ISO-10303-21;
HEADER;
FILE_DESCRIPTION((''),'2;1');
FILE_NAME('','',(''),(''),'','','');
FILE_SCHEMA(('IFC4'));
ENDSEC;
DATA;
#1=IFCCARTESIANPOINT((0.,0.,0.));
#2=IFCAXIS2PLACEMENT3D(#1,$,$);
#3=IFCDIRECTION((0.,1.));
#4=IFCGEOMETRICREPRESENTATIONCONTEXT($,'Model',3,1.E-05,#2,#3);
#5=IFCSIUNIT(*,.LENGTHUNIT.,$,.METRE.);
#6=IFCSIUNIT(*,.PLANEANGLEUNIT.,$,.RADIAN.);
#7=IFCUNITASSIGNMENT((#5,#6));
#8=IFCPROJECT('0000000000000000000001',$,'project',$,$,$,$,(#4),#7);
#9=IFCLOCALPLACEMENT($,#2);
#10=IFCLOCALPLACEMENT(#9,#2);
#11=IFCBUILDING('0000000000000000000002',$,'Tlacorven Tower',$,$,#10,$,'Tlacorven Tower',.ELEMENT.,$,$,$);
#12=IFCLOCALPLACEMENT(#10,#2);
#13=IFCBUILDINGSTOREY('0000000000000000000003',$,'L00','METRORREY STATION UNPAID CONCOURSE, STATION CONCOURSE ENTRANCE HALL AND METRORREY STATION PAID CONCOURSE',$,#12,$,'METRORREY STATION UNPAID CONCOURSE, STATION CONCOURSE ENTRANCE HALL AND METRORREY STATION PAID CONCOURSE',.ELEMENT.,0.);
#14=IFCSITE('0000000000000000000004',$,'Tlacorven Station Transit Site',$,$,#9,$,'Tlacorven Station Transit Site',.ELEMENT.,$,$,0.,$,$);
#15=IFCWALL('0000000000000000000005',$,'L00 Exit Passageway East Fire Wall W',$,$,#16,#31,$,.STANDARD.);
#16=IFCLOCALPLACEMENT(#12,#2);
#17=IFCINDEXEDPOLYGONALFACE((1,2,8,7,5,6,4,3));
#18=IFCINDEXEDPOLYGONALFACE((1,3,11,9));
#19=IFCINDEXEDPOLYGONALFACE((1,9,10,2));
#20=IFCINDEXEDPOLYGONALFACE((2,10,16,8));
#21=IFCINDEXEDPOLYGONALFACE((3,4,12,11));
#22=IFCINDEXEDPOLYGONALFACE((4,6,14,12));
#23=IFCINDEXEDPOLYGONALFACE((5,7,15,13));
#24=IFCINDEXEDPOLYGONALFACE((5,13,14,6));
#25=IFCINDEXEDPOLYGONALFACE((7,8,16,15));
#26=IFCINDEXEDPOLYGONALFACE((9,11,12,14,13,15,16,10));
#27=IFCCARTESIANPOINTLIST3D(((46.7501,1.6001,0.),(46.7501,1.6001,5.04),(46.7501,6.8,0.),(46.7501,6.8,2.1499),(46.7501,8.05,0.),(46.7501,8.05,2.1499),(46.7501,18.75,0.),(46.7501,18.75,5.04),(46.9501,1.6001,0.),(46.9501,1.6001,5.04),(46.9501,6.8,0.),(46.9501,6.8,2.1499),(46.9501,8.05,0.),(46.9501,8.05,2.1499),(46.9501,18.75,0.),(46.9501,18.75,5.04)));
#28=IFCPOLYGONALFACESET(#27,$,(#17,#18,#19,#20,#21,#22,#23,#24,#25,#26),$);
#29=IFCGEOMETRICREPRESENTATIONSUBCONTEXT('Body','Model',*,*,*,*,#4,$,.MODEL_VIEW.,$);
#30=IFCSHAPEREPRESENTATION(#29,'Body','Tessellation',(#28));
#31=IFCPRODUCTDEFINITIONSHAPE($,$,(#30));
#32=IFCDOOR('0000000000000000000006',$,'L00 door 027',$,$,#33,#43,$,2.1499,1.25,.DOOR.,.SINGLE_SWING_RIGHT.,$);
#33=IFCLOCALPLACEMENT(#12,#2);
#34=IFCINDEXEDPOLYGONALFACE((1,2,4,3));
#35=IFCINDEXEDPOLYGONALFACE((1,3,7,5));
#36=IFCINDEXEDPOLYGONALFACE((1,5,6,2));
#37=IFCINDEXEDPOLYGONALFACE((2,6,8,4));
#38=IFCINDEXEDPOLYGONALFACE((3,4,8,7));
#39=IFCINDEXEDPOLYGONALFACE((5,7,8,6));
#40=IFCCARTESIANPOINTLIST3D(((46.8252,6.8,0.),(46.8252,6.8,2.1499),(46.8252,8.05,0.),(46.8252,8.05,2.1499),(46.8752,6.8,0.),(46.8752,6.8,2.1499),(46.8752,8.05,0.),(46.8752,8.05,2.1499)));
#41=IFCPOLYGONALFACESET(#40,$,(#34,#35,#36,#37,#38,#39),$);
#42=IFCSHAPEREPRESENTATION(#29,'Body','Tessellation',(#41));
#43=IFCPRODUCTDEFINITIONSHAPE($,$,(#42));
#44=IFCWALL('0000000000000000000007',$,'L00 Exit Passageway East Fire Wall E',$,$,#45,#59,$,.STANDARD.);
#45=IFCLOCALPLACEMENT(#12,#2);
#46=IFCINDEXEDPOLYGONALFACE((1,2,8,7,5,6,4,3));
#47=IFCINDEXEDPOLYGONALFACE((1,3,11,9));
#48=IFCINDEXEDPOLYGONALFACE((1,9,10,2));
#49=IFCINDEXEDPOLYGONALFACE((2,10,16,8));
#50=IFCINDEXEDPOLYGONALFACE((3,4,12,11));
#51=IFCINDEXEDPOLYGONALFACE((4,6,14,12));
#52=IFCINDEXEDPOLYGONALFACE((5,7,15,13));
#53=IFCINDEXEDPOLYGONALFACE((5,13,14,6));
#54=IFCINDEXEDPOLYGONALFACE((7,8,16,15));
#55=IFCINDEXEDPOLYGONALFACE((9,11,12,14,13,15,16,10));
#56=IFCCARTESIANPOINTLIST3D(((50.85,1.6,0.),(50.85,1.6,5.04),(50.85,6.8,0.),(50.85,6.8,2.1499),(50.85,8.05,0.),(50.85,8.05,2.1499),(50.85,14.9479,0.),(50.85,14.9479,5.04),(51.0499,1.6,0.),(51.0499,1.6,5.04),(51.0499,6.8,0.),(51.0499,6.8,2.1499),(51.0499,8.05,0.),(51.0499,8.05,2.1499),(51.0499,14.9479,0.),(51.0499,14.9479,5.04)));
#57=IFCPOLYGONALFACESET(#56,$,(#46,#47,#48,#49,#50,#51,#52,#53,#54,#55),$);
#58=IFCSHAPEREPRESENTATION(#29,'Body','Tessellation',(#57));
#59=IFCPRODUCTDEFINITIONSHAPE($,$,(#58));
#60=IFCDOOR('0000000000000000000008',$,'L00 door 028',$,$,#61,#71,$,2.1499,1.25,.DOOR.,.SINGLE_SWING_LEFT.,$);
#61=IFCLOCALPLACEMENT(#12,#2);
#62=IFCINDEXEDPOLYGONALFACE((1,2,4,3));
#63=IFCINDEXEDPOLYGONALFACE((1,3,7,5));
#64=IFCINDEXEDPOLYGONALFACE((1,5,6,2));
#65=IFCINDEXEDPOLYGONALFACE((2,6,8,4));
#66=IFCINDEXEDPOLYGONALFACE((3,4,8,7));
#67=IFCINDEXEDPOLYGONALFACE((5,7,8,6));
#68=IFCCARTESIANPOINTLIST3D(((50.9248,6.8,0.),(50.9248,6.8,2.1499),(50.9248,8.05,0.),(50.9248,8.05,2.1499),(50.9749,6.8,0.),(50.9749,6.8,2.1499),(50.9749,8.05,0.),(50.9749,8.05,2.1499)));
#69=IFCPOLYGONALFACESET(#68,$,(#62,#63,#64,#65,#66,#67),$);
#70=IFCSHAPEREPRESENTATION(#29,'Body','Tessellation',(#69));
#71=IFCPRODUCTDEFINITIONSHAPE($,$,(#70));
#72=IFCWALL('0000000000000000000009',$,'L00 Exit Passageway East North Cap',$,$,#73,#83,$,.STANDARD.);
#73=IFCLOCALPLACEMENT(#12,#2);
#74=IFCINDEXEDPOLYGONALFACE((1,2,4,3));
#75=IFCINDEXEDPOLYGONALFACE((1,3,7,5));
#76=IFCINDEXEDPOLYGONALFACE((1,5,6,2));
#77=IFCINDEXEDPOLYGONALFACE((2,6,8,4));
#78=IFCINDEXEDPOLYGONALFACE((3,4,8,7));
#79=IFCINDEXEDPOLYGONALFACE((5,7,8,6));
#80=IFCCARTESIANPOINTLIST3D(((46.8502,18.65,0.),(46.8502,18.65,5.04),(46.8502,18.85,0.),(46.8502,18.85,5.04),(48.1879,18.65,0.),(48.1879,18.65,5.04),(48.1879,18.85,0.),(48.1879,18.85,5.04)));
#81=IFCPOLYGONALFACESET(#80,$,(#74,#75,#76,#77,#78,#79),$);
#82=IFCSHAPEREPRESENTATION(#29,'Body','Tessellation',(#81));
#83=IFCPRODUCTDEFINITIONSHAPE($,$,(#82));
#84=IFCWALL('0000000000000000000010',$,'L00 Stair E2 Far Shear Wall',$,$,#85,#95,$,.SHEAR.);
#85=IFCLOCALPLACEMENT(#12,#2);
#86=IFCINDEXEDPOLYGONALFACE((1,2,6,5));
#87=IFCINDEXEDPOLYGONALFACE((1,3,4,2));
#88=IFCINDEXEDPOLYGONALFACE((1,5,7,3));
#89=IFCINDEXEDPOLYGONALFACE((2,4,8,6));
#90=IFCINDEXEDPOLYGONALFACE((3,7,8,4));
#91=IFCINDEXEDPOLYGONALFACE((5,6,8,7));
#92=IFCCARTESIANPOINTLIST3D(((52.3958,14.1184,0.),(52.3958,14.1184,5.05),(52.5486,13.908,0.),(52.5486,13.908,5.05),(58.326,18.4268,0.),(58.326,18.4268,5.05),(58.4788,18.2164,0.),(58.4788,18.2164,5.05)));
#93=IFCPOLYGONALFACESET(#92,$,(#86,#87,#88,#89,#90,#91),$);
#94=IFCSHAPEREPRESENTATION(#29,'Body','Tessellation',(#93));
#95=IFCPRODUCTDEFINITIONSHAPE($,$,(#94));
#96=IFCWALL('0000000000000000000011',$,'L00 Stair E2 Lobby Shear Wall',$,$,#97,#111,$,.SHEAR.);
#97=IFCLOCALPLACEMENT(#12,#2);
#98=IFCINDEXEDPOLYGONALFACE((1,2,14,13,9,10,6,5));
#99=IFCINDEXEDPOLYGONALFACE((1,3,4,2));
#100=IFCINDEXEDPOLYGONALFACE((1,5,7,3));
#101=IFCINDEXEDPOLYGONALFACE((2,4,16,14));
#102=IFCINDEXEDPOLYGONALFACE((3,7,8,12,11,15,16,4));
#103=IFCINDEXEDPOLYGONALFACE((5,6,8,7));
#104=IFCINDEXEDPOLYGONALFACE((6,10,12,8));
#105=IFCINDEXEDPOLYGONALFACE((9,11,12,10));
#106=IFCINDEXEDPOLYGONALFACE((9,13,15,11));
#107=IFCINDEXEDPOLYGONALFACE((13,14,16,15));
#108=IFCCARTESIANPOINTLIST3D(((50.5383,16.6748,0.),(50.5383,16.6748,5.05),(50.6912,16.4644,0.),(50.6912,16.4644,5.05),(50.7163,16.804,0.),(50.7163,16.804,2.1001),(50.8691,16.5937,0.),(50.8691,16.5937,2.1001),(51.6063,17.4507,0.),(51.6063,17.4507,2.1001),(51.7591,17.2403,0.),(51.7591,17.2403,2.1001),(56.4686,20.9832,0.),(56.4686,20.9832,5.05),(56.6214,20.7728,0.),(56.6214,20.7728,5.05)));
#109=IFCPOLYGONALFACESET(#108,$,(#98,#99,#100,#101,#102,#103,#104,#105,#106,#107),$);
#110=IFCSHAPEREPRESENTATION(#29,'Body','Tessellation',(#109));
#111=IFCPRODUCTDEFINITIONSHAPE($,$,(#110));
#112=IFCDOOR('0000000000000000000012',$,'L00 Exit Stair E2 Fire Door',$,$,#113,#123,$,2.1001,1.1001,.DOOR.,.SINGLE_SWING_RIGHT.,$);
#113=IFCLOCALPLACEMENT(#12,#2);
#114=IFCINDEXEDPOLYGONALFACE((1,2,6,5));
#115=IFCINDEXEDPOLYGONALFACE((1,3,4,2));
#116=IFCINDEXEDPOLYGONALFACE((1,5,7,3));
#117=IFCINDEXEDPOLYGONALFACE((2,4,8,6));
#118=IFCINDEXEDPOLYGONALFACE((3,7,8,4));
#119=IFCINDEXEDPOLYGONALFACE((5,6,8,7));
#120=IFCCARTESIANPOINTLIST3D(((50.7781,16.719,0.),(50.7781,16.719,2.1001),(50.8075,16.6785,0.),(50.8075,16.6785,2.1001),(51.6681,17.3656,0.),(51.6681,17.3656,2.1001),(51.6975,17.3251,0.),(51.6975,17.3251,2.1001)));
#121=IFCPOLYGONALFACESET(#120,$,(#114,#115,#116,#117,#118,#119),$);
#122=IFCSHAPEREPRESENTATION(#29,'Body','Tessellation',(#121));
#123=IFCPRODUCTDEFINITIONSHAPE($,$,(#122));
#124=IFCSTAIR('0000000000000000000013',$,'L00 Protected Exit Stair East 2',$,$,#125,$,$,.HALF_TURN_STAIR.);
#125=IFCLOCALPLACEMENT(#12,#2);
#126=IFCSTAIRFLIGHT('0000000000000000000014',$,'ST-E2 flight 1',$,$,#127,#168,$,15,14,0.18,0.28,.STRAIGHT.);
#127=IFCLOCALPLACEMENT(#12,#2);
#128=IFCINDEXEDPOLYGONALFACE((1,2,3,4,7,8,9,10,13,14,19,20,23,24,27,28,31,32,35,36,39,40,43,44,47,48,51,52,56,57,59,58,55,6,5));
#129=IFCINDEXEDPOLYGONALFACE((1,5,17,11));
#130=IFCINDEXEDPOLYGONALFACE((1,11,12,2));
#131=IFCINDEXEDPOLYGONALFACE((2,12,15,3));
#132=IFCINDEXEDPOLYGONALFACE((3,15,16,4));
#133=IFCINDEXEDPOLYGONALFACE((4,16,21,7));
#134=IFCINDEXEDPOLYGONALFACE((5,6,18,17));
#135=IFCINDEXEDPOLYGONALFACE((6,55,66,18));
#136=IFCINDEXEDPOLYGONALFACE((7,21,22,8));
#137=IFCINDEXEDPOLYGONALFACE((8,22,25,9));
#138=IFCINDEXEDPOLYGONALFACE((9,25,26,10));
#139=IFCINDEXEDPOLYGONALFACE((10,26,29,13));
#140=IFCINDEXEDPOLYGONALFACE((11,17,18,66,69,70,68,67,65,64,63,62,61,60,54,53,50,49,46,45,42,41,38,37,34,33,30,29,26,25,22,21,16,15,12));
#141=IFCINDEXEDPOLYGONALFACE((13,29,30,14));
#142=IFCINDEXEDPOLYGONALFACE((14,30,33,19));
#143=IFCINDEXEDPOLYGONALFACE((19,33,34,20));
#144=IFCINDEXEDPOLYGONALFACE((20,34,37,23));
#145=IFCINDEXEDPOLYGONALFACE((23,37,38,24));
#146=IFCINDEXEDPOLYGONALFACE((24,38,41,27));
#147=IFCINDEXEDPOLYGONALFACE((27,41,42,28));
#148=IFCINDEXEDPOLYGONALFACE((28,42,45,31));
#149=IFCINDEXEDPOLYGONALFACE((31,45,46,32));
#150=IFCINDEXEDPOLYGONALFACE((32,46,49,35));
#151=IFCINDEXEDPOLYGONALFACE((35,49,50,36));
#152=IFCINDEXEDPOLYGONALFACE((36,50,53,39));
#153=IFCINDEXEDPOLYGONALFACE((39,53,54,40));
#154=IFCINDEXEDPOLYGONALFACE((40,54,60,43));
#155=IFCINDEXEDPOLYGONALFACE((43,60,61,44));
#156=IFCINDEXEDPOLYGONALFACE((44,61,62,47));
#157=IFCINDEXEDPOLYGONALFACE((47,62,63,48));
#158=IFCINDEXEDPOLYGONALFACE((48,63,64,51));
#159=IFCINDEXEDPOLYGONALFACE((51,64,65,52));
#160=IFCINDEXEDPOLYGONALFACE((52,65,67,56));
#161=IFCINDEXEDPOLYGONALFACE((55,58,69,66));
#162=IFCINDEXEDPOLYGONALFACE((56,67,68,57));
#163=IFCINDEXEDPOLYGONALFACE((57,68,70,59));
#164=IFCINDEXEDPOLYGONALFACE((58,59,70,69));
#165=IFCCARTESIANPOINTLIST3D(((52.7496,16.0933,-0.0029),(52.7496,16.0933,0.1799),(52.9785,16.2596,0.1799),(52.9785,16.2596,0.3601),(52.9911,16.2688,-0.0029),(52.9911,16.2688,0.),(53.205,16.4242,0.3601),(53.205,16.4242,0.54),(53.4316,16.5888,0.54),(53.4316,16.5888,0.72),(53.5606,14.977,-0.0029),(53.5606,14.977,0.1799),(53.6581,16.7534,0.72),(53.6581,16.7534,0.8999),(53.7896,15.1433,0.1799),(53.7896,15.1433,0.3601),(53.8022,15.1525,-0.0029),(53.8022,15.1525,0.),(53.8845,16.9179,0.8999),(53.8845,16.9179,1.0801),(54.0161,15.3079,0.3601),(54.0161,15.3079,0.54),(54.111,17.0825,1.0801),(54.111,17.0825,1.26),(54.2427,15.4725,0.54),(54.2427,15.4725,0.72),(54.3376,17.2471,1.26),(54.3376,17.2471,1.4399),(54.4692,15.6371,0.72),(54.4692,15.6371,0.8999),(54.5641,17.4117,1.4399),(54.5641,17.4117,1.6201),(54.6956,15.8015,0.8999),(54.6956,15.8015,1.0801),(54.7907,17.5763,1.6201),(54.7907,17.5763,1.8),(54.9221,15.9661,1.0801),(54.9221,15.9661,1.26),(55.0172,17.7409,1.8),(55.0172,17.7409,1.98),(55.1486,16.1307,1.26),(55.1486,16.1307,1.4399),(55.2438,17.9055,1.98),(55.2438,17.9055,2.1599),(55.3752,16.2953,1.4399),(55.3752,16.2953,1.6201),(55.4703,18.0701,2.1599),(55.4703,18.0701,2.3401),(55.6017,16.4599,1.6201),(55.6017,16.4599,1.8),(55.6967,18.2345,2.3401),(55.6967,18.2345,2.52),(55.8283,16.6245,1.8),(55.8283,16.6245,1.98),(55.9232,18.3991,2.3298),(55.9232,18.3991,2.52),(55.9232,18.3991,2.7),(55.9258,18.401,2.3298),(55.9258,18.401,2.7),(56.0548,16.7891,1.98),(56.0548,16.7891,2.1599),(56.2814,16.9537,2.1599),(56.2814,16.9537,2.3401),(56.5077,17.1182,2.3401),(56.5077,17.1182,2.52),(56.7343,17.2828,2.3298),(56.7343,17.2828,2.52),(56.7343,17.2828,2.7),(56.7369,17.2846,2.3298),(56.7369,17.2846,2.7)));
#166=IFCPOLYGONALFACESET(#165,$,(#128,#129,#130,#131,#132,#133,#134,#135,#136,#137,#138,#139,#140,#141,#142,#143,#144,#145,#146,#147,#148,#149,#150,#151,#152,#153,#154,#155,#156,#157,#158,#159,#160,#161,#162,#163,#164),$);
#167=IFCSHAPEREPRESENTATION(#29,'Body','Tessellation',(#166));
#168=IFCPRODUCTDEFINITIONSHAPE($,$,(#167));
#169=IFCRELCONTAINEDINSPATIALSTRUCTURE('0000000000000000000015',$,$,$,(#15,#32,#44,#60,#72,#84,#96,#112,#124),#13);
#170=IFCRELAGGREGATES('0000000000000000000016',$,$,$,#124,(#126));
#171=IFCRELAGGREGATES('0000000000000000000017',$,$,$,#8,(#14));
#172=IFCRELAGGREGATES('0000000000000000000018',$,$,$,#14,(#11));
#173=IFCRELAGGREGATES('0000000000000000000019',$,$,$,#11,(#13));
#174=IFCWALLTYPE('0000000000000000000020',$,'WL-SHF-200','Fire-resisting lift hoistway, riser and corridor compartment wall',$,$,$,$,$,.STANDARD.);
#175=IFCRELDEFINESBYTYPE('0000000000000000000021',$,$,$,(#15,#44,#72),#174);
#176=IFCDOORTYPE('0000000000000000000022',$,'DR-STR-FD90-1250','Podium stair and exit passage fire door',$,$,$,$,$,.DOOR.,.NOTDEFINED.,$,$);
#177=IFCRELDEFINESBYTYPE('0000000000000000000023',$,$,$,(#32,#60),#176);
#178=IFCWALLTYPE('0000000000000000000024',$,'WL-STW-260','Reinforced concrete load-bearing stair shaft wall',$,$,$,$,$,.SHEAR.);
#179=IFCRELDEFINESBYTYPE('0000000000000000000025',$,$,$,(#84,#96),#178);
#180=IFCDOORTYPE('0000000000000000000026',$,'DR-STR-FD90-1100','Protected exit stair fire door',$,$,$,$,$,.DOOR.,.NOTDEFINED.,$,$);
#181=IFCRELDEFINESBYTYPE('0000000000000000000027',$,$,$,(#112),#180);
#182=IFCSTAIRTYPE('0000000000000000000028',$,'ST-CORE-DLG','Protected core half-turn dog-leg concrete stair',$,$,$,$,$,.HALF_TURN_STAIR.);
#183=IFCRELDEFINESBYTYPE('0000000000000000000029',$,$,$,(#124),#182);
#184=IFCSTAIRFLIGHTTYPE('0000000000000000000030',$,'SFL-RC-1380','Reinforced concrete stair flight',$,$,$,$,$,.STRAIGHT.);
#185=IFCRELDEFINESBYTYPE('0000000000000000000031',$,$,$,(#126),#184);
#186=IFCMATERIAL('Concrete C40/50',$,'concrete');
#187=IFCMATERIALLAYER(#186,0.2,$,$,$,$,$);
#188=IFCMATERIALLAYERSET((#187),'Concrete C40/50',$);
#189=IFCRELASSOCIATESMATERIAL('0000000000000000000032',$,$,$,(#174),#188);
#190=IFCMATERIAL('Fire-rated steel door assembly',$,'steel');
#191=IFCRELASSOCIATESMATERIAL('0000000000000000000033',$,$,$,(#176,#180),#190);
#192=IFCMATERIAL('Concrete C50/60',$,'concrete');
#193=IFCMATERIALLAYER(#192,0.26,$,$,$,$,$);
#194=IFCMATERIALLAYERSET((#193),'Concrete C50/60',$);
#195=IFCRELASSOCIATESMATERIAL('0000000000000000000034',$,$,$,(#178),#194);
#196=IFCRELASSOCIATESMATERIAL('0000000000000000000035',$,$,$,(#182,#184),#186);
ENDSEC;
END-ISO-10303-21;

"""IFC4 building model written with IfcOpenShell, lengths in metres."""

from ifc_helpers import new_model, si_unit, direction, frame, frame_2d, origin, place, context, subcontext, project, spatial, polyline, rectangle, outline, extrude, source, transform, mapped, material, layer, layer_set, type_object, element, fill, aggregate, save


model = new_model("IFC4")

# Units and contexts
model_context = context("Model", 3, precision=1e-05, world=origin(), true_north=direction((0.0, 1.0)))
body_context = subcontext(model_context, "Body", "Model", "MODEL_VIEW")
ifc_project = project(units=[si_unit("LENGTHUNIT", "METRE"), si_unit("PLANEANGLEUNIT", "RADIAN")], contexts=[model_context])

# Site, building, storey
site_placement = place(None, origin())
site = spatial("IfcSite", under=ifc_project, at=site_placement, Name="Tlacorven Station Transit Site", LongName="Tlacorven Station Transit Site", CompositionType="ELEMENT", RefElevation=0.0)
building_placement = place(site_placement, origin())
building = spatial("IfcBuilding", under=site, at=building_placement, Name="Tlacorven Tower", LongName="Tlacorven Tower", CompositionType="ELEMENT")
storey_placement = place(building_placement, origin())
storey = spatial("IfcBuildingStorey", under=building, at=storey_placement, Name="L00", Description="METRORREY STATION UNPAID CONCOURSE, STATION CONCOURSE ENTRANCE HALL AND METRORREY STATION PAID CONCOURSE", LongName="METRORREY STATION UNPAID CONCOURSE, STATION CONCOURSE ENTRANCE HALL AND METRORREY STATION PAID CONCOURSE", CompositionType="ELEMENT", Elevation=0.0)

# Walls, openings, doors
ifc_material_1 = material(Name="Concrete C40/50", Category="concrete")
ifc_layer_1 = layer(ifc_material_1, 0.2)
ifc_layer_set_1 = layer_set([ifc_layer_1], Name="Concrete C40/50")
wall_type_1 = type_object("IfcWallType", Name="WL-SHF-200", Description="Fire-resisting lift hoistway, riser and corridor compartment wall", PredefinedType="STANDARD", material=ifc_layer_set_1)
ifc_material_2 = material(Name="Fire-rated steel door assembly", Category="steel")
wall_1_placement = place(storey_placement, frame((46.8501, 1.6001, 0.0), z_axis=(0.0, 0.0, 1.0), x_axis=(0.0, 1.0, 0.0)))
wall_1 = element("IfcWall", 1, at=wall_1_placement, inside=storey, type_object=wall_type_1, Name="L00 Exit Passageway East Fire Wall W", PredefinedType="STANDARD", context=body_context, shape_type="SweptSolid", body=[
    extrude(rectangle(XDim=17.1499, YDim=0.2, at=frame_2d((8.575, 0.0))), origin(), (0.0, 0.0, 1.0), 5.04),
])
opening_1_placement = place(wall_1_placement, frame((5.2, 0.0, 0.0)))
opening_1 = element("IfcOpeningElement", 2, at=opening_1_placement, cuts=wall_1, PredefinedType="OPENING", context=body_context, shape_type="SweptSolid", body=[
    extrude(rectangle(XDim=1.25, YDim=2.1499, at=frame_2d((0.625, 1.075))), frame((0.0, 0.1099, 0.0), z_axis=(0.0, -1.0, 0.0), x_axis=(1.0, 0.0, 0.0)), (0.0, 0.0, 1.0), 0.22),
])
door_type_1 = type_object("IfcDoorType", Name="DR-STR-FD90-1250", Description="Podium stair and exit passage fire door", OperationType="NOTDEFINED", PredefinedType="DOOR", material=ifc_material_2)
shared_shape_1 = source(origin(), body_context, "Body", "SweptSolid", [
    extrude(rectangle(XDim=1.25, YDim=2.1499, at=frame_2d((0.625, 1.075))), frame((0.0, 0.0249, 0.0), z_axis=(0.0, -1.0, 0.0), x_axis=(1.0, 0.0, 0.0)), (0.0, 0.0, 1.0), 0.05),
])
door_1_placement = place(opening_1_placement, origin())
door_1 = element("IfcDoor", 3, at=door_1_placement, inside=storey, type_object=door_type_1, Name="L00 door 027", OperationType="SINGLE_SWING_RIGHT", OverallHeight=2.1499, OverallWidth=1.25, PredefinedType="DOOR", context=body_context, shape_type="MappedRepresentation", body=[
    mapped(shared_shape_1, transform((0.0, 0.0, 0.0), scale=1.0)),
])
fill(opening_1, door_1)
wall_2_placement = place(storey_placement, frame((50.95, 1.6001, 0.0), z_axis=(0.0, 0.0, 1.0), x_axis=(0.0, 1.0, 0.0)))
wall_2 = element("IfcWall", 4, at=wall_2_placement, inside=storey, type_object=wall_type_1, Name="L00 Exit Passageway East Fire Wall E", PredefinedType="STANDARD", context=body_context, shape_type="SweptSolid", body=[
    extrude(rectangle(XDim=13.3479, YDim=0.2, at=frame_2d((6.6738, 0.0))), origin(), (0.0, 0.0, 1.0), 5.04),
])
opening_2_placement = place(wall_2_placement, frame((5.2, 0.0, 0.0)))
opening_2 = element("IfcOpeningElement", 5, at=opening_2_placement, cuts=wall_2, PredefinedType="OPENING", context=body_context, shape_type="SweptSolid", body=[
    extrude(rectangle(XDim=1.25, YDim=2.1499, at=frame_2d((0.625, 1.075))), frame((0.0, 0.1099, 0.0), z_axis=(0.0, -1.0, 0.0), x_axis=(1.0, 0.0, 0.0)), (0.0, 0.0, 1.0), 0.22),
])
door_2_placement = place(opening_2_placement, frame((1.25, 0.0, 0.0), z_axis=(0.0, 0.0, 1.0), x_axis=(-1.0, 0.0, 0.0)))
door_2 = element("IfcDoor", 6, at=door_2_placement, inside=storey, type_object=door_type_1, Name="L00 door 028", OperationType="SINGLE_SWING_LEFT", OverallHeight=2.1499, OverallWidth=1.25, PredefinedType="DOOR", context=body_context, shape_type="MappedRepresentation", body=[
    mapped(shared_shape_1, transform((0.0, 0.0, 0.0), scale=1.0)),
])
fill(opening_2, door_2)

# Wall
wall_3_placement = place(storey_placement, frame((46.8501, 18.75, 0.0), z_axis=(0.0, 0.0, 1.0), x_axis=(1.0, 0.0, 0.0)))
element("IfcWall", 7, at=wall_3_placement, inside=storey, type_object=wall_type_1, Name="L00 Exit Passageway East North Cap", PredefinedType="STANDARD", context=body_context, shape_type="SweptSolid", body=[
    extrude(rectangle(XDim=1.3376, YDim=0.2, at=frame_2d((0.6689, 0.0))), origin(), (0.0, 0.0, 1.0), 5.04),
])

# Wall
ifc_material_3 = material(Name="Concrete C50/60", Category="concrete")
ifc_layer_2 = layer(ifc_material_3, 0.26)
ifc_layer_set_2 = layer_set([ifc_layer_2], Name="Concrete C50/60")
wall_type_2 = type_object("IfcWallType", Name="WL-STW-260", Description="Reinforced concrete load-bearing stair shaft wall", PredefinedType="SHEAR", material=ifc_layer_set_2)
wall_4_placement = place(storey_placement, frame((52.4722, 14.0132, 0.0), z_axis=(0.0, 0.0, 1.0), x_axis=(0.809028, 0.58777, 0.0)))
element("IfcWall", 8, at=wall_4_placement, inside=storey, type_object=wall_type_2, Name="L00 Stair E2 Far Shear Wall", PredefinedType="SHEAR", context=body_context, shape_type="SweptSolid", body=[
    extrude(rectangle(XDim=7.3301, YDim=0.26, at=frame_2d((3.665, 0.0))), origin(), (0.0, 0.0, 1.0), 5.05),
])

# Wall, opening, door
wall_5_placement = place(storey_placement, frame((50.6147, 16.5696, 0.0), z_axis=(0.0, 0.0, 1.0), x_axis=(0.809028, 0.58777, 0.0)))
wall_5 = element("IfcWall", 9, at=wall_5_placement, inside=storey, type_object=wall_type_2, Name="L00 Stair E2 Lobby Shear Wall", PredefinedType="SHEAR", context=body_context, shape_type="SweptSolid", body=[
    extrude(rectangle(XDim=7.3301, YDim=0.26, at=frame_2d((3.665, 0.0))), origin(), (0.0, 0.0, 1.0), 5.05),
])
opening_3_placement = place(wall_5_placement, frame((0.22, 0.0, 0.0)))
opening_3 = element("IfcOpeningElement", 10, at=opening_3_placement, cuts=wall_5, PredefinedType="OPENING", context=body_context, shape_type="SweptSolid", body=[
    extrude(rectangle(XDim=1.1001, YDim=2.1001, at=frame_2d((0.55, 1.05))), frame((0.0, 0.1401, 0.0), z_axis=(0.0, -1.0, 0.0), x_axis=(1.0, 0.0, 0.0)), (0.0, 0.0, 1.0), 0.28),
])
door_type_2 = type_object("IfcDoorType", Name="DR-STR-FD90-1100", Description="Protected exit stair fire door", OperationType="NOTDEFINED", PredefinedType="DOOR", material=ifc_material_2)
shared_shape_2 = source(origin(), body_context, "Body", "SweptSolid", [
    extrude(rectangle(XDim=1.1001, YDim=2.1001, at=frame_2d((0.55, 1.05))), frame((0.0, 0.0249, 0.0), z_axis=(0.0, -1.0, 0.0), x_axis=(1.0, 0.0, 0.0)), (0.0, 0.0, 1.0), 0.05),
])
door_3_placement = place(opening_3_placement, origin())
door_3 = element("IfcDoor", 11, at=door_3_placement, inside=storey, type_object=door_type_2, Name="L00 Exit Stair E2 Fire Door", OperationType="SINGLE_SWING_RIGHT", OverallHeight=2.1001, OverallWidth=1.1001, PredefinedType="DOOR", context=body_context, shape_type="MappedRepresentation", body=[
    mapped(shared_shape_2, transform((0.0, 0.0, 0.0), scale=1.0)),
])
fill(opening_3, door_3)

# Stair, stair flight
stair_type = type_object("IfcStairType", Name="ST-CORE-DLG", Description="Protected core half-turn dog-leg concrete stair", PredefinedType="HALF_TURN_STAIR", material=ifc_material_1)
stair_placement = place(storey_placement, origin())
stair = element("IfcStair", 12, at=stair_placement, inside=storey, type_object=stair_type, Name="L00 Protected Exit Stair East 2", PredefinedType="HALF_TURN_STAIR")
stair_flight_type = type_object("IfcStairFlightType", Name="SFL-RC-1380", Description="Reinforced concrete stair flight", PredefinedType="STRAIGHT", material=ifc_material_1)
shared_shape_3 = source(origin(), body_context, "Body", "SweptSolid", [
    extrude(outline(polyline([(-0.0029, -0.0029), (-0.0029, 0.1799), (0.28, 0.1799), (0.28, 0.3601), (0.5601, 0.3601), (0.5601, 0.54), (0.8401, 0.54), (0.8401, 0.72), (1.1201, 0.72), (1.1201, 0.8999), (1.3999, 0.8999), (1.3999, 1.0801), (1.6799, 1.0801), (1.6799, 1.26), (1.96, 1.26), (1.96, 1.4399), (2.24, 1.4399), (2.24, 1.6201), (2.52, 1.6201), (2.52, 1.8), (2.8, 1.8), (2.8, 1.98), (3.0801, 1.98), (3.0801, 2.1599), (3.3601, 2.1599), (3.3601, 2.3401), (3.6399, 2.3401), (3.6399, 2.52), (3.9199, 2.52), (3.9199, 2.7), (3.9231, 2.7), (3.9231, 2.3298), (3.9199, 2.3298), (0.2957, 0.0), (0.2957, -0.0029), (-0.0029, -0.0029)])), frame((0.0, 0.6899, 0.0), z_axis=(0.0, -1.0, 0.0), x_axis=(1.0, 0.0, 0.0)), (0.0, 0.0, 1.0), 1.3799),
])
stair_flight_placement = place(storey_placement, frame((53.1575, 15.5369, 0.0), z_axis=(0.0, 0.0, 1.0), x_axis=(0.809017, 0.587785, 0.0)))
stair_flight = element("IfcStairFlight", 13, at=stair_flight_placement, type_object=stair_flight_type, Name="ST-E2 flight 1", NumberOfRisers=15, NumberOfTreads=14, PredefinedType="STRAIGHT", RiserHeight=0.18, TreadLength=0.28, context=body_context, shape_type="MappedRepresentation", body=[
    mapped(shared_shape_3, transform((0.0, 0.0, 0.0), scale=1.0)),
])
aggregate(stair, [stair_flight])

save(model, "model.ifc")
